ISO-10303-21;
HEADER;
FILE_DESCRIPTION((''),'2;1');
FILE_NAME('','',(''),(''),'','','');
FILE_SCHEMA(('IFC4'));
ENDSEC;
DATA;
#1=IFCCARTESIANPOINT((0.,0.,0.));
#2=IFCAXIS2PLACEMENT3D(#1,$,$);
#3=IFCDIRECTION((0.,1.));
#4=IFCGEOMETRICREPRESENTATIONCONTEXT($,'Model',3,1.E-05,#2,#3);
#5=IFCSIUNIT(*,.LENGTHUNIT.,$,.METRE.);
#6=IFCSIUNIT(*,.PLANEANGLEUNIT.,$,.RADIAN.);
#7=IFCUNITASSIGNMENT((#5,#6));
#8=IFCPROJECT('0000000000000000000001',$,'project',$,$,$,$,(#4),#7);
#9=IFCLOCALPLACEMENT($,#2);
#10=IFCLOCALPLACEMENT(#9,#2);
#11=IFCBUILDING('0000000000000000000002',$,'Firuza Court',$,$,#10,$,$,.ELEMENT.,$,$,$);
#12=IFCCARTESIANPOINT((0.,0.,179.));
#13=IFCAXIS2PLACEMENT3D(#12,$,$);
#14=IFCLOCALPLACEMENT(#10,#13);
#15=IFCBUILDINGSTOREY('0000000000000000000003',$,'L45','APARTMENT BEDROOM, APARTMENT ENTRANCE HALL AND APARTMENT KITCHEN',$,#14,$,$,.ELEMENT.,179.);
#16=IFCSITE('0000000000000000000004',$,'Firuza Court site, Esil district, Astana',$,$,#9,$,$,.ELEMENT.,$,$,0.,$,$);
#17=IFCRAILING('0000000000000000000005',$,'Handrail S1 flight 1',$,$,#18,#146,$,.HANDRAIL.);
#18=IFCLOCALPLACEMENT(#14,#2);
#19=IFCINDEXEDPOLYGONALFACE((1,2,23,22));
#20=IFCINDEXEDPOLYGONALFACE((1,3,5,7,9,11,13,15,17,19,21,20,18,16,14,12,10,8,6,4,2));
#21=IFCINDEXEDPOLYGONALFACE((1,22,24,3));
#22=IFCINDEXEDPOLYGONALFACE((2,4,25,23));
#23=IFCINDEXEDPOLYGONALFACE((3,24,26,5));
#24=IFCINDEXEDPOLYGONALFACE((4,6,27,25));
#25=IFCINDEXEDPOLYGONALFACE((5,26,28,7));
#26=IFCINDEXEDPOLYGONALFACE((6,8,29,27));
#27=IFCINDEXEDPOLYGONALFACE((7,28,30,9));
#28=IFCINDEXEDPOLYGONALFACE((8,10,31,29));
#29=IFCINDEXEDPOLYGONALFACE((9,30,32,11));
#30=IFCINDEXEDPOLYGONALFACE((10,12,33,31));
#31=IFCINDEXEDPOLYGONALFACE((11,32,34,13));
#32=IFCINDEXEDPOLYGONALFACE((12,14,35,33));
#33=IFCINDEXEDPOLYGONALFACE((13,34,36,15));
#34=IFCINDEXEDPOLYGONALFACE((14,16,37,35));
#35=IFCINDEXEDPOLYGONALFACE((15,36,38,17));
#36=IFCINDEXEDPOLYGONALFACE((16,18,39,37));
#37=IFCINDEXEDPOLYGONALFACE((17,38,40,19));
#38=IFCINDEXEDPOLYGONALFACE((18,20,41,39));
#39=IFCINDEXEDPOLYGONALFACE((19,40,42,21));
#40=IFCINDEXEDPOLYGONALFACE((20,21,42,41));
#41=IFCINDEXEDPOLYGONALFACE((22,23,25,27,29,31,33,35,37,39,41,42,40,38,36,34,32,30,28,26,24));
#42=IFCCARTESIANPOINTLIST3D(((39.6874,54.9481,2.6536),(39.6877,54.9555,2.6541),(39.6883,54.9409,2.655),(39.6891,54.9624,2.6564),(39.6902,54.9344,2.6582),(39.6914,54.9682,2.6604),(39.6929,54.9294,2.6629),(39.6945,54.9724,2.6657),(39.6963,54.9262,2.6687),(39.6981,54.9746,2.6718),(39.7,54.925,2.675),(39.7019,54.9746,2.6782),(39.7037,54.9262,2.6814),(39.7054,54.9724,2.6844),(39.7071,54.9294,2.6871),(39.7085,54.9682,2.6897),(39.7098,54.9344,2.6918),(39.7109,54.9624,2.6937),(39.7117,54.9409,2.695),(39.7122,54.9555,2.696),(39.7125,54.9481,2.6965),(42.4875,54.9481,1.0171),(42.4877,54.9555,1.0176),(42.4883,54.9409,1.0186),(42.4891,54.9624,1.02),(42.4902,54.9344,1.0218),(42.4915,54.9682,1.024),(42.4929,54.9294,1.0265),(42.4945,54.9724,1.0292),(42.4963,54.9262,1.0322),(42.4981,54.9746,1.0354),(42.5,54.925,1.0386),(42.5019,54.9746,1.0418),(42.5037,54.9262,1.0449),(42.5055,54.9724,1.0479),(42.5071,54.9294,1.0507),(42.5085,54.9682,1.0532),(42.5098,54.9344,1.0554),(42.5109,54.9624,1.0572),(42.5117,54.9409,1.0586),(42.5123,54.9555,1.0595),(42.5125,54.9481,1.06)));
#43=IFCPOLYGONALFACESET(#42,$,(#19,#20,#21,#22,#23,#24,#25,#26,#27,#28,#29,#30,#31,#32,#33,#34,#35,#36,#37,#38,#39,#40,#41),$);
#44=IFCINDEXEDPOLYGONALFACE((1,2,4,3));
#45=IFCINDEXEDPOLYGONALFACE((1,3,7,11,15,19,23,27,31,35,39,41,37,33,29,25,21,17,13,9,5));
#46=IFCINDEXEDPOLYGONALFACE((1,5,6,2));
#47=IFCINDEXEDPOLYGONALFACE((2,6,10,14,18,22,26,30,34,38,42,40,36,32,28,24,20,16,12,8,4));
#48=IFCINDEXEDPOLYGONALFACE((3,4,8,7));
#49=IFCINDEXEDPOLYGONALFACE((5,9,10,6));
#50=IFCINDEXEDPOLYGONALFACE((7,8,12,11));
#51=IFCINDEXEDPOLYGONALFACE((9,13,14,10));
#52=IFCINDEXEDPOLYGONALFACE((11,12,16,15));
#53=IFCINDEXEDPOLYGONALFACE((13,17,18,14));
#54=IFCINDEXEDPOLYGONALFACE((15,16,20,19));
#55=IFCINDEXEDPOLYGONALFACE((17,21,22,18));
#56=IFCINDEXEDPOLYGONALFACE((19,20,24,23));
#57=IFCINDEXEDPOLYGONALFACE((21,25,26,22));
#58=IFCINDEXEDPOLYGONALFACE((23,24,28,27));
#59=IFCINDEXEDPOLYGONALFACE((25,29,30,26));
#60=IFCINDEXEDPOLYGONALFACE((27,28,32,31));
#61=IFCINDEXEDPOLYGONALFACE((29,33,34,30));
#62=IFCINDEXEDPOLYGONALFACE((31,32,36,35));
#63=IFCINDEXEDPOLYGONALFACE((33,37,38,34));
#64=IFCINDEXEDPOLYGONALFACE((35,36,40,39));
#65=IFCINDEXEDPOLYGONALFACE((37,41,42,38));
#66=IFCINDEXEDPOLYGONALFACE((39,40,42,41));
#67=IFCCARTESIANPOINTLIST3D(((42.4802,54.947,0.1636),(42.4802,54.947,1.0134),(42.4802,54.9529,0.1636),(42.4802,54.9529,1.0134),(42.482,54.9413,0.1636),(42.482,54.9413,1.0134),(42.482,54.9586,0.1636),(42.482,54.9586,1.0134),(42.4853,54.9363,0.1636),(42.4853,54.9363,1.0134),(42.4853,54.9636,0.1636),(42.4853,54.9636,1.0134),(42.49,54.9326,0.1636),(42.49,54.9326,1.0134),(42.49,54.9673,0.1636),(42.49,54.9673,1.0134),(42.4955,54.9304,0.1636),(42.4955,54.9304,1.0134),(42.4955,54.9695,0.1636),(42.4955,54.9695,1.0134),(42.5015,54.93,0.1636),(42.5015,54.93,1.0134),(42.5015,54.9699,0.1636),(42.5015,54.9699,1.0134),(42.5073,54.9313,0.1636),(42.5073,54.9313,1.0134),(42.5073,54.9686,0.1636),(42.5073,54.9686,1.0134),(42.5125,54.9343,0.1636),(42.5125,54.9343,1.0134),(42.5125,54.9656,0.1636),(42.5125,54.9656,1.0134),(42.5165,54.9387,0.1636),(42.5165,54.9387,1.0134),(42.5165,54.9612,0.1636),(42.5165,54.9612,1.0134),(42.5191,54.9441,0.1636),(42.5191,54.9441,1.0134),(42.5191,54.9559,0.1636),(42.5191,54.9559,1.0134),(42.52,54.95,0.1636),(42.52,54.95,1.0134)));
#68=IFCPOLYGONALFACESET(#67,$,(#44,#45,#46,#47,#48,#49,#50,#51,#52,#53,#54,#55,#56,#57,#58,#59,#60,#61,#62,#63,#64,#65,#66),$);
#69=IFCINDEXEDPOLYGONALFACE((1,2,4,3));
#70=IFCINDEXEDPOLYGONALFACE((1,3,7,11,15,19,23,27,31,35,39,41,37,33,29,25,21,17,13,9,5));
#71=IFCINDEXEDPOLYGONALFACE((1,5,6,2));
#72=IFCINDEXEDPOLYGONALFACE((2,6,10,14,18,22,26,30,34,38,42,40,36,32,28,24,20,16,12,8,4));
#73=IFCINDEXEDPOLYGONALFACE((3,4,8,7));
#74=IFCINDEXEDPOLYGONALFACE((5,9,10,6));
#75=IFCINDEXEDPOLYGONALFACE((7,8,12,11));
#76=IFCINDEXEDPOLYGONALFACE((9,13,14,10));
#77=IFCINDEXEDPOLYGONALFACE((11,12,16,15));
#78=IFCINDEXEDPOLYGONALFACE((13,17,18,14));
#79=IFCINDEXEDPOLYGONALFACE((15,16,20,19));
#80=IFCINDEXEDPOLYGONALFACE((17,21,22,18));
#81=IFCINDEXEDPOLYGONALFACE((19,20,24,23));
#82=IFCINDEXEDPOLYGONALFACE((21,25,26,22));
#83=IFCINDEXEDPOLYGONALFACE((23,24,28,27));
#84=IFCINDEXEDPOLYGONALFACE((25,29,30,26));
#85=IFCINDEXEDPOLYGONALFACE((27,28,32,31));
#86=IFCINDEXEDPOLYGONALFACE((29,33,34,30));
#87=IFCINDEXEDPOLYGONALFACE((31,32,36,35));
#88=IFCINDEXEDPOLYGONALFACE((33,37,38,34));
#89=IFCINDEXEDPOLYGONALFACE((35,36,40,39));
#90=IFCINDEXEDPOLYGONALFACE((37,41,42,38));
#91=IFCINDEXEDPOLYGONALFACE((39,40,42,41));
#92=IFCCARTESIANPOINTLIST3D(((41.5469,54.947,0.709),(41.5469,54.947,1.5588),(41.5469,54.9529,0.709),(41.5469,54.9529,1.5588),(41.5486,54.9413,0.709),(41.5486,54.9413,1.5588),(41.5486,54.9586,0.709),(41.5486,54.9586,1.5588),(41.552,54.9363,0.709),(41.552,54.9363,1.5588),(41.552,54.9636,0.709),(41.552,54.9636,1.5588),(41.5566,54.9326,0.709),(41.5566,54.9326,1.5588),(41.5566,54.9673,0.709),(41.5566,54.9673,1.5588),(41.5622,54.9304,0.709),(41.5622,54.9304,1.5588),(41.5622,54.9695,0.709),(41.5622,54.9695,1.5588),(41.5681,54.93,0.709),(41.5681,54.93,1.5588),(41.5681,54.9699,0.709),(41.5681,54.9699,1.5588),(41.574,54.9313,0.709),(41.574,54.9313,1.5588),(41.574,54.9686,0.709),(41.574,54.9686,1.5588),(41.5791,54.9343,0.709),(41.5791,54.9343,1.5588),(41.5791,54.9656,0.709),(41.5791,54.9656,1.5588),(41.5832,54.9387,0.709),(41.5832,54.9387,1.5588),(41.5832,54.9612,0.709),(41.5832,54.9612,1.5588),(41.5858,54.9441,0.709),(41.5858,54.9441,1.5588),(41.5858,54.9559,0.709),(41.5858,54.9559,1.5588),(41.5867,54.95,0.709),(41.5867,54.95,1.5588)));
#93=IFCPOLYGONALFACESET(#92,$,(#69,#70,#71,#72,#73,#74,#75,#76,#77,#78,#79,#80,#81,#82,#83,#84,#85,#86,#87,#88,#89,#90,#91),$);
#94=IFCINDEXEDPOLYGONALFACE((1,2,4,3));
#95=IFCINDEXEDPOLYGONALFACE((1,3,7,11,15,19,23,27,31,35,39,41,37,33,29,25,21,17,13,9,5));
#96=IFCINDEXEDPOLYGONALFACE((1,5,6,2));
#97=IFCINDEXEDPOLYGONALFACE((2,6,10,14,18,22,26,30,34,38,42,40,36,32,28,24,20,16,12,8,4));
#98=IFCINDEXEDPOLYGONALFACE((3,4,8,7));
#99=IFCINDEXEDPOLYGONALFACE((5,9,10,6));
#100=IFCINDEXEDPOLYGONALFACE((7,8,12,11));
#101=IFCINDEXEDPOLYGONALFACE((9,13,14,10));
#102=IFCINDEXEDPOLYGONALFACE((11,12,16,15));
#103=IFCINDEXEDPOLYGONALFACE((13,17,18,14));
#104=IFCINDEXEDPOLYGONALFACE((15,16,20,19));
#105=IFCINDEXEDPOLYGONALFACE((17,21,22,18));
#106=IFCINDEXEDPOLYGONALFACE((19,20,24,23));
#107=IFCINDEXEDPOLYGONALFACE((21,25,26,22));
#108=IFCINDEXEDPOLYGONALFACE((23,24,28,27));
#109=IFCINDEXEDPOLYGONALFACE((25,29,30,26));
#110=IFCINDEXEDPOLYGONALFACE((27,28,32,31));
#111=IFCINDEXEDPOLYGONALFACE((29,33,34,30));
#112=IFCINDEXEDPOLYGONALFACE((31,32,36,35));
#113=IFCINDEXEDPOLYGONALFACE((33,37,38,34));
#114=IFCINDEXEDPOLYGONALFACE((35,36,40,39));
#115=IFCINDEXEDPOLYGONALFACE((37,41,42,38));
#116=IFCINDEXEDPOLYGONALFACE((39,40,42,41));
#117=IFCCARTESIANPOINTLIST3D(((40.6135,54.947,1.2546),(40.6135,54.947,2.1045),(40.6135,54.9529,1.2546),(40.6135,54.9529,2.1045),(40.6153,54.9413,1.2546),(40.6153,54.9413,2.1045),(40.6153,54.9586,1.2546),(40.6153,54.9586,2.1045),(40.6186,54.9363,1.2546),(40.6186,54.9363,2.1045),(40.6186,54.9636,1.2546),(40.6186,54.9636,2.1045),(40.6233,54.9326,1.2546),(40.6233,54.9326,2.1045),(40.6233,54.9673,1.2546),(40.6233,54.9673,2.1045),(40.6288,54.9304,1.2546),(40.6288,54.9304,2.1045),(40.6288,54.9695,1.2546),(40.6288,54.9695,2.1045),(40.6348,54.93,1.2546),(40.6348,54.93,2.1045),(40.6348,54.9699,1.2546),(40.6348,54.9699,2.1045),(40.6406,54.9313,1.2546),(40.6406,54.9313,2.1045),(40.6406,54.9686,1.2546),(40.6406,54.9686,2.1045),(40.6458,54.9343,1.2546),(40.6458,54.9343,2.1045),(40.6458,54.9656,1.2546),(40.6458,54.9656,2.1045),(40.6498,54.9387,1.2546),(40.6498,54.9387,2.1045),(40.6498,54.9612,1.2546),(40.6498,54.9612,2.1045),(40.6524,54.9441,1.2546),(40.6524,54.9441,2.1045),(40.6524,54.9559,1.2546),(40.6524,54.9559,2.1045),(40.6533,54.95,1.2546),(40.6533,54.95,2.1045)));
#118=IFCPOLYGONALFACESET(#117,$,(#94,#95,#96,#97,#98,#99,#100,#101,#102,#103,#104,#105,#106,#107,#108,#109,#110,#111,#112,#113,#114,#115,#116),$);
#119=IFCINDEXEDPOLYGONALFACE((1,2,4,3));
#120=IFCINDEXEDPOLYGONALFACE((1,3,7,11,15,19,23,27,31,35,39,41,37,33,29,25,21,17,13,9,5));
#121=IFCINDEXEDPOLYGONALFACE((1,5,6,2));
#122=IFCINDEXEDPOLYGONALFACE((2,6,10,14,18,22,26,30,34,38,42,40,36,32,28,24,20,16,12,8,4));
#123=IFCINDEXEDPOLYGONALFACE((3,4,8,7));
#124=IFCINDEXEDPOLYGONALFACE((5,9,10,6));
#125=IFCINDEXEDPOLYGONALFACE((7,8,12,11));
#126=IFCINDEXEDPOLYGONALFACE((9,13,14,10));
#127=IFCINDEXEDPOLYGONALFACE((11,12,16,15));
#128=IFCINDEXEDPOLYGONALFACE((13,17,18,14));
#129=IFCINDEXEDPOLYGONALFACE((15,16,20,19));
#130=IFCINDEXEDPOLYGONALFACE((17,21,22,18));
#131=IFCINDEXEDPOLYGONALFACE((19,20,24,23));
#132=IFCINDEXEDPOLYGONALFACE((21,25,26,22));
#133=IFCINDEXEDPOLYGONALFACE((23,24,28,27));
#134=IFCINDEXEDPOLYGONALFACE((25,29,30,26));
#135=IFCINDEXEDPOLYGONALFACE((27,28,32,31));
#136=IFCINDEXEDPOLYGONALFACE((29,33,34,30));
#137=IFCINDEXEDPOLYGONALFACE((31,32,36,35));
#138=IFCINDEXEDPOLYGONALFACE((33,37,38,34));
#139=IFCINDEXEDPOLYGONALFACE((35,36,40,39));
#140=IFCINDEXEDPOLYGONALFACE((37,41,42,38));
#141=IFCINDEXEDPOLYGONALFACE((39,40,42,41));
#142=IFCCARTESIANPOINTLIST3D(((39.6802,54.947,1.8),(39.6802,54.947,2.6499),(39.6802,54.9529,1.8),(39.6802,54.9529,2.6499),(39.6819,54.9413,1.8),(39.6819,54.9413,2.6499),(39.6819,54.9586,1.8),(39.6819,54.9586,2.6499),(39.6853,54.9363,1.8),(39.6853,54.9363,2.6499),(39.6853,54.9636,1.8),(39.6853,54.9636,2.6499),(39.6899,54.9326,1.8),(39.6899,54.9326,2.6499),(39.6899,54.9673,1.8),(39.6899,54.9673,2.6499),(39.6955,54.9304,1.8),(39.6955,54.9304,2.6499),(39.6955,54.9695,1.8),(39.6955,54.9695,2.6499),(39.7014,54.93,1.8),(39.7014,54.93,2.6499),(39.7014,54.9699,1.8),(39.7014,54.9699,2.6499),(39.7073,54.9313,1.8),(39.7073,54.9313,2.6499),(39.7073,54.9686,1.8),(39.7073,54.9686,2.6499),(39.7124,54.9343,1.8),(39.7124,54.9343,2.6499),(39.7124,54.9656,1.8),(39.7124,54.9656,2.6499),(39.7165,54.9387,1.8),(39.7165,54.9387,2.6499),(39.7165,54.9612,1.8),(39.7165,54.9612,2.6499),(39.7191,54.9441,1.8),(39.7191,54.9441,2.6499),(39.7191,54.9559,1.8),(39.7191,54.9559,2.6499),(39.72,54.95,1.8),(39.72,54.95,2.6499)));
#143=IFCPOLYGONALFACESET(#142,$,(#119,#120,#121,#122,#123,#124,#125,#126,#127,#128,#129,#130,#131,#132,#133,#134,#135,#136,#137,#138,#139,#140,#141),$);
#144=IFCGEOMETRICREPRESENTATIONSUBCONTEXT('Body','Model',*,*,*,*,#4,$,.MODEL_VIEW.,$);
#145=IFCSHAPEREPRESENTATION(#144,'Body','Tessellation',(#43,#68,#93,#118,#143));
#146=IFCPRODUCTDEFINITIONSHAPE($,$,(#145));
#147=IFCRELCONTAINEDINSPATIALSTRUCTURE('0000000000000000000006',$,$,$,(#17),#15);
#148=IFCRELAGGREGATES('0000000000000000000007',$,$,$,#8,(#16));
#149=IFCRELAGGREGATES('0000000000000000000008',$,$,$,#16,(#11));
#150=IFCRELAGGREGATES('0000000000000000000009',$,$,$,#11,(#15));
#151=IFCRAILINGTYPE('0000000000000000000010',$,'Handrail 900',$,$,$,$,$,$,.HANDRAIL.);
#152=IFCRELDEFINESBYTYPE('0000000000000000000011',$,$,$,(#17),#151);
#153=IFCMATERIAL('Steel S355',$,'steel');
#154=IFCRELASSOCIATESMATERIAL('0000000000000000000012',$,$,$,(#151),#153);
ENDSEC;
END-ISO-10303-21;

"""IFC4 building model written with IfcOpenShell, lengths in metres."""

from ifc_helpers import new_model, si_unit, direction, frame, origin, origin_2d, place, context, subcontext, project, spatial, circle, extrude, material, type_object, element, save


model = new_model("IFC4")

# Units and contexts
model_context = context("Model", 3, precision=1e-05, world=origin(), true_north=direction((0.0, 1.0)))
body_context = subcontext(model_context, "Body", "Model", "MODEL_VIEW")
ifc_project = project(units=[si_unit("LENGTHUNIT", "METRE"), si_unit("PLANEANGLEUNIT", "RADIAN")], contexts=[model_context])

# Site, building, storey
site_placement = place(None, origin())
site = spatial("IfcSite", under=ifc_project, at=site_placement, Name="Firuza Court site, Esil district, Astana", CompositionType="ELEMENT", RefElevation=0.0)
building_placement = place(site_placement, origin())
building = spatial("IfcBuilding", under=site, at=building_placement, Name="Firuza Court", CompositionType="ELEMENT")
storey_placement = place(building_placement, frame((0.0, 0.0, 179.0)))
storey = spatial("IfcBuildingStorey", under=building, at=storey_placement, Name="L45", Description="APARTMENT BEDROOM, APARTMENT ENTRANCE HALL AND APARTMENT KITCHEN", CompositionType="ELEMENT", Elevation=179.0)

# Railing
ifc_material_1 = material(Name="Steel S355", Category="steel")
railing_type_1 = type_object("IfcRailingType", Name="Handrail 900", PredefinedType="HANDRAIL", material=ifc_material_1)
railing_1_placement = place(storey_placement, frame((42.5, 54.95, 0.1636)))
element("IfcRailing", 1, at=railing_1_placement, inside=storey, type_object=railing_type_1, Name="Handrail S1 flight 1", PredefinedType="HANDRAIL", context=body_context, shape_type="SweptSolid", body=[
    extrude(circle(Radius=0.0249, at=origin_2d()), frame((0.0, 0.0, 0.875), z_axis=(-0.863361, 0.0, 0.504587), x_axis=(0.0, -1.0, 0.0)), (0.0, 0.0, 1.0), 3.2432),
    extrude(circle(Radius=0.02, at=origin_2d()), origin(), (0.0, 0.0, 1.0), 0.8499),
    extrude(circle(Radius=0.02, at=origin_2d()), frame((-0.9333, 0.0, 0.5454)), (0.0, 0.0, 1.0), 0.8499),
    extrude(circle(Radius=0.02, at=origin_2d()), frame((-1.8667, 0.0, 1.0911)), (0.0, 0.0, 1.0), 0.8499),
    extrude(circle(Radius=0.02, at=origin_2d()), frame((-2.8, 0.0, 1.6365)), (0.0, 0.0, 1.0), 0.8499),
])

save(model, "model.ifc")
